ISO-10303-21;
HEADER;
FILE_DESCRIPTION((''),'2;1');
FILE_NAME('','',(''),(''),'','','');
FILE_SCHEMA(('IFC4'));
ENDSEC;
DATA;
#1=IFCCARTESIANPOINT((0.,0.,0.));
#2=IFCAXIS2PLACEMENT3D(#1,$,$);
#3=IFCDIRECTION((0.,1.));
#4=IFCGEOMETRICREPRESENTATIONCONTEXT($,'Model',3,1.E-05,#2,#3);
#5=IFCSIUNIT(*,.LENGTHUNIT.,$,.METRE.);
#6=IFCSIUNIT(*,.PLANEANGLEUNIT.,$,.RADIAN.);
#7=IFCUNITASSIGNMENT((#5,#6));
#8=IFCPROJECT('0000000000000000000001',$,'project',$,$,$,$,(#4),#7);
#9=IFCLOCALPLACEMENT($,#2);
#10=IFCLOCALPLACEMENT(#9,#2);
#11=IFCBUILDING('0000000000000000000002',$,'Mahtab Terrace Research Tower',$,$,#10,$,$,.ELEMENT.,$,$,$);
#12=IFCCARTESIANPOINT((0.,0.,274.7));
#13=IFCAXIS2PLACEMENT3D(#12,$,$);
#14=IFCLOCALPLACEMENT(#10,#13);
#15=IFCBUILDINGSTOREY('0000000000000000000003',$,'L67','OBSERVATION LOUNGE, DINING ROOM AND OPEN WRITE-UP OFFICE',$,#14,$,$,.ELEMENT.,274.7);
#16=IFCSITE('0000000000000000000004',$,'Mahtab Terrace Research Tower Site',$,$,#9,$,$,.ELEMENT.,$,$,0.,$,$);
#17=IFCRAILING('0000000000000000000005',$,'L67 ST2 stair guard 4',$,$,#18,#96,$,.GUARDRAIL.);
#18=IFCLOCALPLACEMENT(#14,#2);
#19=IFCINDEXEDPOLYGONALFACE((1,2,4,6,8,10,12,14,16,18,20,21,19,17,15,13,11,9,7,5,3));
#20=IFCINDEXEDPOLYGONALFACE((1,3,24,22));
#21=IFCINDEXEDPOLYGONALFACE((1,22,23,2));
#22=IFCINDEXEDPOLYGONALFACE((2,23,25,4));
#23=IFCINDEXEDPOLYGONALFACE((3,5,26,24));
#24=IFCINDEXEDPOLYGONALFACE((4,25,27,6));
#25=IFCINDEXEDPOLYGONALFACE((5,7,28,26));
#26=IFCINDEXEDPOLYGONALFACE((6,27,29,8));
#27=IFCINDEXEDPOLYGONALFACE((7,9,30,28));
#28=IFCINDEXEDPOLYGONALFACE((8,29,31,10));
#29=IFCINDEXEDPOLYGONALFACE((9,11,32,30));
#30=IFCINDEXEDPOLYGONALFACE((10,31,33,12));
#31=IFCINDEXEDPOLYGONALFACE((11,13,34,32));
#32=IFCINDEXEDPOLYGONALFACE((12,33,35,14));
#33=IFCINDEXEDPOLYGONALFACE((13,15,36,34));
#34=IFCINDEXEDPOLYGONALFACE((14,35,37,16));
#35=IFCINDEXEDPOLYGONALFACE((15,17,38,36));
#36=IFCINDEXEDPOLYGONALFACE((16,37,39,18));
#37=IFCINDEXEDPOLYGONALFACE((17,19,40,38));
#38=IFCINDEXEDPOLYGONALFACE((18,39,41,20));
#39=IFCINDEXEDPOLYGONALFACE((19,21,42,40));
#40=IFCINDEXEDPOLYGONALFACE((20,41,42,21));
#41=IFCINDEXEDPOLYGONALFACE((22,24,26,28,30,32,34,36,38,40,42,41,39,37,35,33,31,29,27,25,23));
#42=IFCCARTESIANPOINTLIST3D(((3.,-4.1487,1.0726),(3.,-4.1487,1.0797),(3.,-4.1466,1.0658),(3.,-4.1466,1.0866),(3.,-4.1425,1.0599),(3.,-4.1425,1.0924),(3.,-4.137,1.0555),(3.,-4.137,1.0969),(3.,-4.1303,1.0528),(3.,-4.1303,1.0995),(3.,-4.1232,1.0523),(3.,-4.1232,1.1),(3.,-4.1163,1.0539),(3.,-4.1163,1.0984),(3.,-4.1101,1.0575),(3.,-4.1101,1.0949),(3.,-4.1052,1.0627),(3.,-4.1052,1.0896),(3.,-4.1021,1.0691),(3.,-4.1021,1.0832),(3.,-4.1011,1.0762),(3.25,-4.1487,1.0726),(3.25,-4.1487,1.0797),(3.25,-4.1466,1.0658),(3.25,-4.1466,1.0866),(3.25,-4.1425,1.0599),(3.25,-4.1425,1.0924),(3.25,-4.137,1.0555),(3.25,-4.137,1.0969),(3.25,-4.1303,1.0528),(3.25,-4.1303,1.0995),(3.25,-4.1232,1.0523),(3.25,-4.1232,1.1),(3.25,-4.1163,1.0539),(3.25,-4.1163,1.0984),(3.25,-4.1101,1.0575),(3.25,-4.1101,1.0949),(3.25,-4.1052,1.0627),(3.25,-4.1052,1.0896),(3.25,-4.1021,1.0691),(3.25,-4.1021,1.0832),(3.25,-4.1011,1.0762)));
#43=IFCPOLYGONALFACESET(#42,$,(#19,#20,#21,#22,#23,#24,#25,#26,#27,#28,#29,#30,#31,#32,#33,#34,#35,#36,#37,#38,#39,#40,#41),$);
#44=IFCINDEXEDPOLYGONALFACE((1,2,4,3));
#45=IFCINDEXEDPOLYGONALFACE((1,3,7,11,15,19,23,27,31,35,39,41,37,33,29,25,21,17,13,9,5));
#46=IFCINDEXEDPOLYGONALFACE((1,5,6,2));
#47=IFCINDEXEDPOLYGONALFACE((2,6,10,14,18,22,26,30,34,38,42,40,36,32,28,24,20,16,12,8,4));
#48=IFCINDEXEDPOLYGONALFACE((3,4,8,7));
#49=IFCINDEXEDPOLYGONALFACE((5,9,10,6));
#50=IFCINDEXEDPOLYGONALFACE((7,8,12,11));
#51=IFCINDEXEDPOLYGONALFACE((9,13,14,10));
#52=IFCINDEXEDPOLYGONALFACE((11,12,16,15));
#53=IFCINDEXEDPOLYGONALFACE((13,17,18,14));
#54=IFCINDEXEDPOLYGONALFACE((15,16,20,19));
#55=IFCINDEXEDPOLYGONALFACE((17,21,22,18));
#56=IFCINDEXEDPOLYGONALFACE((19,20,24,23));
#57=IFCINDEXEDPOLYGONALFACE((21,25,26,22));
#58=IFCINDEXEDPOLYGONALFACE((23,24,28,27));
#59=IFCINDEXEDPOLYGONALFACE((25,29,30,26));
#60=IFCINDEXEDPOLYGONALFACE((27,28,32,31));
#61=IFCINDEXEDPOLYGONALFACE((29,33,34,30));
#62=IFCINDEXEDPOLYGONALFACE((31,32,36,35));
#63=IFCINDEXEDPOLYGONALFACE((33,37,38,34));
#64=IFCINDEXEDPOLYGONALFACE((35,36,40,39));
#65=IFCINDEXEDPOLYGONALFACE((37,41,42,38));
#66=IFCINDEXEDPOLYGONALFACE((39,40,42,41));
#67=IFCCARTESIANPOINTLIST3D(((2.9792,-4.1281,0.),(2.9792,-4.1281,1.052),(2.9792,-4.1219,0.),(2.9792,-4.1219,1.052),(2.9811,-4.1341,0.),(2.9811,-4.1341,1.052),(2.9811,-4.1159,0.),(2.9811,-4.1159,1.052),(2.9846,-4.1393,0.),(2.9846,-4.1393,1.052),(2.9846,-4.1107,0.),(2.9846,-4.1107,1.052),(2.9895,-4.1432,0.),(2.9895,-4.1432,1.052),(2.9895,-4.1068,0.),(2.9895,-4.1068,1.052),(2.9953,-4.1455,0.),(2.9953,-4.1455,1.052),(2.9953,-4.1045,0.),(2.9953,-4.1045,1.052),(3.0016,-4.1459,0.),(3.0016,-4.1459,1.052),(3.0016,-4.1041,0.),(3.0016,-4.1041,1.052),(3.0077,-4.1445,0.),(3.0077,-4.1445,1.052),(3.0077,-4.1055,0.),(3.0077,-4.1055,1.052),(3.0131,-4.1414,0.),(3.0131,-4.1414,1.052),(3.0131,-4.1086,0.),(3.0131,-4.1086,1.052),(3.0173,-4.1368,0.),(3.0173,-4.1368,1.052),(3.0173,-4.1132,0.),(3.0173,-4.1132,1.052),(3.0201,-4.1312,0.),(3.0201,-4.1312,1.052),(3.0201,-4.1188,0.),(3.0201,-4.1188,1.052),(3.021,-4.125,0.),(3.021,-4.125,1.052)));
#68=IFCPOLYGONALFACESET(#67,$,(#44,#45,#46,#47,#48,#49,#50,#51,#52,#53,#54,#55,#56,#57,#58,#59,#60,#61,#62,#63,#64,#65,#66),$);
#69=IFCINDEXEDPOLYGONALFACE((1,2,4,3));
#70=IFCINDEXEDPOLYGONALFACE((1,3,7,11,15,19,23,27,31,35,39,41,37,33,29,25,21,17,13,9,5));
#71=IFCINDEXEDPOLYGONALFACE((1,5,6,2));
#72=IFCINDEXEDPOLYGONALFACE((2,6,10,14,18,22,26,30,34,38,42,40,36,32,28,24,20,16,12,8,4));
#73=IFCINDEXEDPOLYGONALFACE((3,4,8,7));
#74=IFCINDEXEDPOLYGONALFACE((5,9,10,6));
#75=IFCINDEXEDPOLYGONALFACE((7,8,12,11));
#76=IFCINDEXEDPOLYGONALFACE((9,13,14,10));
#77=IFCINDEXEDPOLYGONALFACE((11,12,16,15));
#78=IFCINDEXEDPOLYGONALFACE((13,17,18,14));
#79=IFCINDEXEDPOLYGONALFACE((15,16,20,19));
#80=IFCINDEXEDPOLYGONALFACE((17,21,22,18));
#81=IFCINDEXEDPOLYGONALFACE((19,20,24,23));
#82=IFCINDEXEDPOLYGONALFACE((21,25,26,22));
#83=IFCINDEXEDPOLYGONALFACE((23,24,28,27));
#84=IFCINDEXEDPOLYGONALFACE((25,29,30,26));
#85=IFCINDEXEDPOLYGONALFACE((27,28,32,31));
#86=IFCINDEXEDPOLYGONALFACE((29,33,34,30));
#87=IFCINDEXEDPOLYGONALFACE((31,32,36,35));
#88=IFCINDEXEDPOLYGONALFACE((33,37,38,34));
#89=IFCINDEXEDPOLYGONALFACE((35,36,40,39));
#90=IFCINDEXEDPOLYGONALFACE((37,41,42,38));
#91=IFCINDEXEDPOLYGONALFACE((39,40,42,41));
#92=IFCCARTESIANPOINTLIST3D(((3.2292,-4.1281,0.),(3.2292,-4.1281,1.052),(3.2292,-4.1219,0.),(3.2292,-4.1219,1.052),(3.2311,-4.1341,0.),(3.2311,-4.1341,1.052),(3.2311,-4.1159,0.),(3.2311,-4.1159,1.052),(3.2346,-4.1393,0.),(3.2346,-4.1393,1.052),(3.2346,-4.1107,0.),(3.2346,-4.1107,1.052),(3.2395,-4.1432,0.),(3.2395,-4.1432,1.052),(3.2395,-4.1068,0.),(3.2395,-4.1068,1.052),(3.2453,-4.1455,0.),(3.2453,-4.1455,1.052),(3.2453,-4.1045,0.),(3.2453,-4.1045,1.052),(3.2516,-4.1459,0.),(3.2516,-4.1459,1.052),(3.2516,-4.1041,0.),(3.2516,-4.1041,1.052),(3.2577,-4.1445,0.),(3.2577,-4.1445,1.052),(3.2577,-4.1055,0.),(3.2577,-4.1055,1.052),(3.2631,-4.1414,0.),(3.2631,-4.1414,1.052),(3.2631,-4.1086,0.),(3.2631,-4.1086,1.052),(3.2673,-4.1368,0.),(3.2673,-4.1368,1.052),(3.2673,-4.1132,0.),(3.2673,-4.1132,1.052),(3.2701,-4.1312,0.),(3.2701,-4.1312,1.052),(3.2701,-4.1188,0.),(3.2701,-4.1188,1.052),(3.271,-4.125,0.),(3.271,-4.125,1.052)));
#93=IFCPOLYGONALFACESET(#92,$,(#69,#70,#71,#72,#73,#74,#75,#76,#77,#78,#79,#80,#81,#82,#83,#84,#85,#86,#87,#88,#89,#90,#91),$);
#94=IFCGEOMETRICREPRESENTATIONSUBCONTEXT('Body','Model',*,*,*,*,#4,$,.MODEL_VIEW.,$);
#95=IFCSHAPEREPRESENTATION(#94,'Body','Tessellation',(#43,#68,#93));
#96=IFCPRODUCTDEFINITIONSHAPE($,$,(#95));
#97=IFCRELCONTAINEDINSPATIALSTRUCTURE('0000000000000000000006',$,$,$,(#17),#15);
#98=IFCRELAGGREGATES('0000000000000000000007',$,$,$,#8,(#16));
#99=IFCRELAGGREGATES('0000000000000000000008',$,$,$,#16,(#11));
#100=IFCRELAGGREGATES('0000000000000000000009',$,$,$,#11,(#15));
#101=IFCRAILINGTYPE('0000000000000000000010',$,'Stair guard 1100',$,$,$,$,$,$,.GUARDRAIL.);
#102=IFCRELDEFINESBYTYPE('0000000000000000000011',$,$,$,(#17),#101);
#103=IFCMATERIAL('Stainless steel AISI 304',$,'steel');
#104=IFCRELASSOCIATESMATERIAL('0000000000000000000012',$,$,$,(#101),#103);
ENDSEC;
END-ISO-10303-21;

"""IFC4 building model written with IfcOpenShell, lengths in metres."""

from ifc_helpers import new_model, si_unit, direction, frame, origin, origin_2d, place, context, subcontext, project, spatial, circle, extrude, material, type_object, element, save


model = new_model("IFC4")

# Units and contexts
model_context = context("Model", 3, precision=1e-05, world=origin(), true_north=direction((0.0, 1.0)))
body_context = subcontext(model_context, "Body", "Model", "MODEL_VIEW")
ifc_project = project(units=[si_unit("LENGTHUNIT", "METRE"), si_unit("PLANEANGLEUNIT", "RADIAN")], contexts=[model_context])

# Site, building, storey
site_placement = place(None, origin())
site = spatial("IfcSite", under=ifc_project, at=site_placement, Name="Mahtab Terrace Research Tower Site", CompositionType="ELEMENT", RefElevation=0.0)
building_placement = place(site_placement, origin())
building = spatial("IfcBuilding", under=site, at=building_placement, Name="Mahtab Terrace Research Tower", CompositionType="ELEMENT")
storey_placement = place(building_placement, frame((0.0, 0.0, 274.7)))
storey = spatial("IfcBuildingStorey", under=building, at=storey_placement, Name="L67", Description="OBSERVATION LOUNGE, DINING ROOM AND OPEN WRITE-UP OFFICE", CompositionType="ELEMENT", Elevation=274.7)

# Railing
ifc_material_1 = material(Name="Stainless steel AISI 304", Category="steel")
railing_type_1 = type_object("IfcRailingType", Name="Stair guard 1100", PredefinedType="GUARDRAIL", material=ifc_material_1)
railing_1_placement = place(storey_placement, frame((3.0, -4.125, 0.0)))
element("IfcRailing", 1, at=railing_1_placement, inside=storey, type_object=railing_type_1, Name="L67 ST2 stair guard 4", PredefinedType="GUARDRAIL", context=body_context, shape_type="SweptSolid", body=[
    extrude(circle(Radius=0.0239, at=origin_2d()), frame((0.0, 0.0, 1.0762), z_axis=(1.0, 0.0, 0.0), x_axis=(0.0, 1.0, 0.0)), (0.0, 0.0, 1.0), 0.25),
    extrude(circle(Radius=0.021, at=origin_2d()), origin(), (0.0, 0.0, 1.0), 1.052),
    extrude(circle(Radius=0.021, at=origin_2d()), frame((0.25, 0.0, 0.0)), (0.0, 0.0, 1.0), 1.052),
])

save(model, "model.ifc")
